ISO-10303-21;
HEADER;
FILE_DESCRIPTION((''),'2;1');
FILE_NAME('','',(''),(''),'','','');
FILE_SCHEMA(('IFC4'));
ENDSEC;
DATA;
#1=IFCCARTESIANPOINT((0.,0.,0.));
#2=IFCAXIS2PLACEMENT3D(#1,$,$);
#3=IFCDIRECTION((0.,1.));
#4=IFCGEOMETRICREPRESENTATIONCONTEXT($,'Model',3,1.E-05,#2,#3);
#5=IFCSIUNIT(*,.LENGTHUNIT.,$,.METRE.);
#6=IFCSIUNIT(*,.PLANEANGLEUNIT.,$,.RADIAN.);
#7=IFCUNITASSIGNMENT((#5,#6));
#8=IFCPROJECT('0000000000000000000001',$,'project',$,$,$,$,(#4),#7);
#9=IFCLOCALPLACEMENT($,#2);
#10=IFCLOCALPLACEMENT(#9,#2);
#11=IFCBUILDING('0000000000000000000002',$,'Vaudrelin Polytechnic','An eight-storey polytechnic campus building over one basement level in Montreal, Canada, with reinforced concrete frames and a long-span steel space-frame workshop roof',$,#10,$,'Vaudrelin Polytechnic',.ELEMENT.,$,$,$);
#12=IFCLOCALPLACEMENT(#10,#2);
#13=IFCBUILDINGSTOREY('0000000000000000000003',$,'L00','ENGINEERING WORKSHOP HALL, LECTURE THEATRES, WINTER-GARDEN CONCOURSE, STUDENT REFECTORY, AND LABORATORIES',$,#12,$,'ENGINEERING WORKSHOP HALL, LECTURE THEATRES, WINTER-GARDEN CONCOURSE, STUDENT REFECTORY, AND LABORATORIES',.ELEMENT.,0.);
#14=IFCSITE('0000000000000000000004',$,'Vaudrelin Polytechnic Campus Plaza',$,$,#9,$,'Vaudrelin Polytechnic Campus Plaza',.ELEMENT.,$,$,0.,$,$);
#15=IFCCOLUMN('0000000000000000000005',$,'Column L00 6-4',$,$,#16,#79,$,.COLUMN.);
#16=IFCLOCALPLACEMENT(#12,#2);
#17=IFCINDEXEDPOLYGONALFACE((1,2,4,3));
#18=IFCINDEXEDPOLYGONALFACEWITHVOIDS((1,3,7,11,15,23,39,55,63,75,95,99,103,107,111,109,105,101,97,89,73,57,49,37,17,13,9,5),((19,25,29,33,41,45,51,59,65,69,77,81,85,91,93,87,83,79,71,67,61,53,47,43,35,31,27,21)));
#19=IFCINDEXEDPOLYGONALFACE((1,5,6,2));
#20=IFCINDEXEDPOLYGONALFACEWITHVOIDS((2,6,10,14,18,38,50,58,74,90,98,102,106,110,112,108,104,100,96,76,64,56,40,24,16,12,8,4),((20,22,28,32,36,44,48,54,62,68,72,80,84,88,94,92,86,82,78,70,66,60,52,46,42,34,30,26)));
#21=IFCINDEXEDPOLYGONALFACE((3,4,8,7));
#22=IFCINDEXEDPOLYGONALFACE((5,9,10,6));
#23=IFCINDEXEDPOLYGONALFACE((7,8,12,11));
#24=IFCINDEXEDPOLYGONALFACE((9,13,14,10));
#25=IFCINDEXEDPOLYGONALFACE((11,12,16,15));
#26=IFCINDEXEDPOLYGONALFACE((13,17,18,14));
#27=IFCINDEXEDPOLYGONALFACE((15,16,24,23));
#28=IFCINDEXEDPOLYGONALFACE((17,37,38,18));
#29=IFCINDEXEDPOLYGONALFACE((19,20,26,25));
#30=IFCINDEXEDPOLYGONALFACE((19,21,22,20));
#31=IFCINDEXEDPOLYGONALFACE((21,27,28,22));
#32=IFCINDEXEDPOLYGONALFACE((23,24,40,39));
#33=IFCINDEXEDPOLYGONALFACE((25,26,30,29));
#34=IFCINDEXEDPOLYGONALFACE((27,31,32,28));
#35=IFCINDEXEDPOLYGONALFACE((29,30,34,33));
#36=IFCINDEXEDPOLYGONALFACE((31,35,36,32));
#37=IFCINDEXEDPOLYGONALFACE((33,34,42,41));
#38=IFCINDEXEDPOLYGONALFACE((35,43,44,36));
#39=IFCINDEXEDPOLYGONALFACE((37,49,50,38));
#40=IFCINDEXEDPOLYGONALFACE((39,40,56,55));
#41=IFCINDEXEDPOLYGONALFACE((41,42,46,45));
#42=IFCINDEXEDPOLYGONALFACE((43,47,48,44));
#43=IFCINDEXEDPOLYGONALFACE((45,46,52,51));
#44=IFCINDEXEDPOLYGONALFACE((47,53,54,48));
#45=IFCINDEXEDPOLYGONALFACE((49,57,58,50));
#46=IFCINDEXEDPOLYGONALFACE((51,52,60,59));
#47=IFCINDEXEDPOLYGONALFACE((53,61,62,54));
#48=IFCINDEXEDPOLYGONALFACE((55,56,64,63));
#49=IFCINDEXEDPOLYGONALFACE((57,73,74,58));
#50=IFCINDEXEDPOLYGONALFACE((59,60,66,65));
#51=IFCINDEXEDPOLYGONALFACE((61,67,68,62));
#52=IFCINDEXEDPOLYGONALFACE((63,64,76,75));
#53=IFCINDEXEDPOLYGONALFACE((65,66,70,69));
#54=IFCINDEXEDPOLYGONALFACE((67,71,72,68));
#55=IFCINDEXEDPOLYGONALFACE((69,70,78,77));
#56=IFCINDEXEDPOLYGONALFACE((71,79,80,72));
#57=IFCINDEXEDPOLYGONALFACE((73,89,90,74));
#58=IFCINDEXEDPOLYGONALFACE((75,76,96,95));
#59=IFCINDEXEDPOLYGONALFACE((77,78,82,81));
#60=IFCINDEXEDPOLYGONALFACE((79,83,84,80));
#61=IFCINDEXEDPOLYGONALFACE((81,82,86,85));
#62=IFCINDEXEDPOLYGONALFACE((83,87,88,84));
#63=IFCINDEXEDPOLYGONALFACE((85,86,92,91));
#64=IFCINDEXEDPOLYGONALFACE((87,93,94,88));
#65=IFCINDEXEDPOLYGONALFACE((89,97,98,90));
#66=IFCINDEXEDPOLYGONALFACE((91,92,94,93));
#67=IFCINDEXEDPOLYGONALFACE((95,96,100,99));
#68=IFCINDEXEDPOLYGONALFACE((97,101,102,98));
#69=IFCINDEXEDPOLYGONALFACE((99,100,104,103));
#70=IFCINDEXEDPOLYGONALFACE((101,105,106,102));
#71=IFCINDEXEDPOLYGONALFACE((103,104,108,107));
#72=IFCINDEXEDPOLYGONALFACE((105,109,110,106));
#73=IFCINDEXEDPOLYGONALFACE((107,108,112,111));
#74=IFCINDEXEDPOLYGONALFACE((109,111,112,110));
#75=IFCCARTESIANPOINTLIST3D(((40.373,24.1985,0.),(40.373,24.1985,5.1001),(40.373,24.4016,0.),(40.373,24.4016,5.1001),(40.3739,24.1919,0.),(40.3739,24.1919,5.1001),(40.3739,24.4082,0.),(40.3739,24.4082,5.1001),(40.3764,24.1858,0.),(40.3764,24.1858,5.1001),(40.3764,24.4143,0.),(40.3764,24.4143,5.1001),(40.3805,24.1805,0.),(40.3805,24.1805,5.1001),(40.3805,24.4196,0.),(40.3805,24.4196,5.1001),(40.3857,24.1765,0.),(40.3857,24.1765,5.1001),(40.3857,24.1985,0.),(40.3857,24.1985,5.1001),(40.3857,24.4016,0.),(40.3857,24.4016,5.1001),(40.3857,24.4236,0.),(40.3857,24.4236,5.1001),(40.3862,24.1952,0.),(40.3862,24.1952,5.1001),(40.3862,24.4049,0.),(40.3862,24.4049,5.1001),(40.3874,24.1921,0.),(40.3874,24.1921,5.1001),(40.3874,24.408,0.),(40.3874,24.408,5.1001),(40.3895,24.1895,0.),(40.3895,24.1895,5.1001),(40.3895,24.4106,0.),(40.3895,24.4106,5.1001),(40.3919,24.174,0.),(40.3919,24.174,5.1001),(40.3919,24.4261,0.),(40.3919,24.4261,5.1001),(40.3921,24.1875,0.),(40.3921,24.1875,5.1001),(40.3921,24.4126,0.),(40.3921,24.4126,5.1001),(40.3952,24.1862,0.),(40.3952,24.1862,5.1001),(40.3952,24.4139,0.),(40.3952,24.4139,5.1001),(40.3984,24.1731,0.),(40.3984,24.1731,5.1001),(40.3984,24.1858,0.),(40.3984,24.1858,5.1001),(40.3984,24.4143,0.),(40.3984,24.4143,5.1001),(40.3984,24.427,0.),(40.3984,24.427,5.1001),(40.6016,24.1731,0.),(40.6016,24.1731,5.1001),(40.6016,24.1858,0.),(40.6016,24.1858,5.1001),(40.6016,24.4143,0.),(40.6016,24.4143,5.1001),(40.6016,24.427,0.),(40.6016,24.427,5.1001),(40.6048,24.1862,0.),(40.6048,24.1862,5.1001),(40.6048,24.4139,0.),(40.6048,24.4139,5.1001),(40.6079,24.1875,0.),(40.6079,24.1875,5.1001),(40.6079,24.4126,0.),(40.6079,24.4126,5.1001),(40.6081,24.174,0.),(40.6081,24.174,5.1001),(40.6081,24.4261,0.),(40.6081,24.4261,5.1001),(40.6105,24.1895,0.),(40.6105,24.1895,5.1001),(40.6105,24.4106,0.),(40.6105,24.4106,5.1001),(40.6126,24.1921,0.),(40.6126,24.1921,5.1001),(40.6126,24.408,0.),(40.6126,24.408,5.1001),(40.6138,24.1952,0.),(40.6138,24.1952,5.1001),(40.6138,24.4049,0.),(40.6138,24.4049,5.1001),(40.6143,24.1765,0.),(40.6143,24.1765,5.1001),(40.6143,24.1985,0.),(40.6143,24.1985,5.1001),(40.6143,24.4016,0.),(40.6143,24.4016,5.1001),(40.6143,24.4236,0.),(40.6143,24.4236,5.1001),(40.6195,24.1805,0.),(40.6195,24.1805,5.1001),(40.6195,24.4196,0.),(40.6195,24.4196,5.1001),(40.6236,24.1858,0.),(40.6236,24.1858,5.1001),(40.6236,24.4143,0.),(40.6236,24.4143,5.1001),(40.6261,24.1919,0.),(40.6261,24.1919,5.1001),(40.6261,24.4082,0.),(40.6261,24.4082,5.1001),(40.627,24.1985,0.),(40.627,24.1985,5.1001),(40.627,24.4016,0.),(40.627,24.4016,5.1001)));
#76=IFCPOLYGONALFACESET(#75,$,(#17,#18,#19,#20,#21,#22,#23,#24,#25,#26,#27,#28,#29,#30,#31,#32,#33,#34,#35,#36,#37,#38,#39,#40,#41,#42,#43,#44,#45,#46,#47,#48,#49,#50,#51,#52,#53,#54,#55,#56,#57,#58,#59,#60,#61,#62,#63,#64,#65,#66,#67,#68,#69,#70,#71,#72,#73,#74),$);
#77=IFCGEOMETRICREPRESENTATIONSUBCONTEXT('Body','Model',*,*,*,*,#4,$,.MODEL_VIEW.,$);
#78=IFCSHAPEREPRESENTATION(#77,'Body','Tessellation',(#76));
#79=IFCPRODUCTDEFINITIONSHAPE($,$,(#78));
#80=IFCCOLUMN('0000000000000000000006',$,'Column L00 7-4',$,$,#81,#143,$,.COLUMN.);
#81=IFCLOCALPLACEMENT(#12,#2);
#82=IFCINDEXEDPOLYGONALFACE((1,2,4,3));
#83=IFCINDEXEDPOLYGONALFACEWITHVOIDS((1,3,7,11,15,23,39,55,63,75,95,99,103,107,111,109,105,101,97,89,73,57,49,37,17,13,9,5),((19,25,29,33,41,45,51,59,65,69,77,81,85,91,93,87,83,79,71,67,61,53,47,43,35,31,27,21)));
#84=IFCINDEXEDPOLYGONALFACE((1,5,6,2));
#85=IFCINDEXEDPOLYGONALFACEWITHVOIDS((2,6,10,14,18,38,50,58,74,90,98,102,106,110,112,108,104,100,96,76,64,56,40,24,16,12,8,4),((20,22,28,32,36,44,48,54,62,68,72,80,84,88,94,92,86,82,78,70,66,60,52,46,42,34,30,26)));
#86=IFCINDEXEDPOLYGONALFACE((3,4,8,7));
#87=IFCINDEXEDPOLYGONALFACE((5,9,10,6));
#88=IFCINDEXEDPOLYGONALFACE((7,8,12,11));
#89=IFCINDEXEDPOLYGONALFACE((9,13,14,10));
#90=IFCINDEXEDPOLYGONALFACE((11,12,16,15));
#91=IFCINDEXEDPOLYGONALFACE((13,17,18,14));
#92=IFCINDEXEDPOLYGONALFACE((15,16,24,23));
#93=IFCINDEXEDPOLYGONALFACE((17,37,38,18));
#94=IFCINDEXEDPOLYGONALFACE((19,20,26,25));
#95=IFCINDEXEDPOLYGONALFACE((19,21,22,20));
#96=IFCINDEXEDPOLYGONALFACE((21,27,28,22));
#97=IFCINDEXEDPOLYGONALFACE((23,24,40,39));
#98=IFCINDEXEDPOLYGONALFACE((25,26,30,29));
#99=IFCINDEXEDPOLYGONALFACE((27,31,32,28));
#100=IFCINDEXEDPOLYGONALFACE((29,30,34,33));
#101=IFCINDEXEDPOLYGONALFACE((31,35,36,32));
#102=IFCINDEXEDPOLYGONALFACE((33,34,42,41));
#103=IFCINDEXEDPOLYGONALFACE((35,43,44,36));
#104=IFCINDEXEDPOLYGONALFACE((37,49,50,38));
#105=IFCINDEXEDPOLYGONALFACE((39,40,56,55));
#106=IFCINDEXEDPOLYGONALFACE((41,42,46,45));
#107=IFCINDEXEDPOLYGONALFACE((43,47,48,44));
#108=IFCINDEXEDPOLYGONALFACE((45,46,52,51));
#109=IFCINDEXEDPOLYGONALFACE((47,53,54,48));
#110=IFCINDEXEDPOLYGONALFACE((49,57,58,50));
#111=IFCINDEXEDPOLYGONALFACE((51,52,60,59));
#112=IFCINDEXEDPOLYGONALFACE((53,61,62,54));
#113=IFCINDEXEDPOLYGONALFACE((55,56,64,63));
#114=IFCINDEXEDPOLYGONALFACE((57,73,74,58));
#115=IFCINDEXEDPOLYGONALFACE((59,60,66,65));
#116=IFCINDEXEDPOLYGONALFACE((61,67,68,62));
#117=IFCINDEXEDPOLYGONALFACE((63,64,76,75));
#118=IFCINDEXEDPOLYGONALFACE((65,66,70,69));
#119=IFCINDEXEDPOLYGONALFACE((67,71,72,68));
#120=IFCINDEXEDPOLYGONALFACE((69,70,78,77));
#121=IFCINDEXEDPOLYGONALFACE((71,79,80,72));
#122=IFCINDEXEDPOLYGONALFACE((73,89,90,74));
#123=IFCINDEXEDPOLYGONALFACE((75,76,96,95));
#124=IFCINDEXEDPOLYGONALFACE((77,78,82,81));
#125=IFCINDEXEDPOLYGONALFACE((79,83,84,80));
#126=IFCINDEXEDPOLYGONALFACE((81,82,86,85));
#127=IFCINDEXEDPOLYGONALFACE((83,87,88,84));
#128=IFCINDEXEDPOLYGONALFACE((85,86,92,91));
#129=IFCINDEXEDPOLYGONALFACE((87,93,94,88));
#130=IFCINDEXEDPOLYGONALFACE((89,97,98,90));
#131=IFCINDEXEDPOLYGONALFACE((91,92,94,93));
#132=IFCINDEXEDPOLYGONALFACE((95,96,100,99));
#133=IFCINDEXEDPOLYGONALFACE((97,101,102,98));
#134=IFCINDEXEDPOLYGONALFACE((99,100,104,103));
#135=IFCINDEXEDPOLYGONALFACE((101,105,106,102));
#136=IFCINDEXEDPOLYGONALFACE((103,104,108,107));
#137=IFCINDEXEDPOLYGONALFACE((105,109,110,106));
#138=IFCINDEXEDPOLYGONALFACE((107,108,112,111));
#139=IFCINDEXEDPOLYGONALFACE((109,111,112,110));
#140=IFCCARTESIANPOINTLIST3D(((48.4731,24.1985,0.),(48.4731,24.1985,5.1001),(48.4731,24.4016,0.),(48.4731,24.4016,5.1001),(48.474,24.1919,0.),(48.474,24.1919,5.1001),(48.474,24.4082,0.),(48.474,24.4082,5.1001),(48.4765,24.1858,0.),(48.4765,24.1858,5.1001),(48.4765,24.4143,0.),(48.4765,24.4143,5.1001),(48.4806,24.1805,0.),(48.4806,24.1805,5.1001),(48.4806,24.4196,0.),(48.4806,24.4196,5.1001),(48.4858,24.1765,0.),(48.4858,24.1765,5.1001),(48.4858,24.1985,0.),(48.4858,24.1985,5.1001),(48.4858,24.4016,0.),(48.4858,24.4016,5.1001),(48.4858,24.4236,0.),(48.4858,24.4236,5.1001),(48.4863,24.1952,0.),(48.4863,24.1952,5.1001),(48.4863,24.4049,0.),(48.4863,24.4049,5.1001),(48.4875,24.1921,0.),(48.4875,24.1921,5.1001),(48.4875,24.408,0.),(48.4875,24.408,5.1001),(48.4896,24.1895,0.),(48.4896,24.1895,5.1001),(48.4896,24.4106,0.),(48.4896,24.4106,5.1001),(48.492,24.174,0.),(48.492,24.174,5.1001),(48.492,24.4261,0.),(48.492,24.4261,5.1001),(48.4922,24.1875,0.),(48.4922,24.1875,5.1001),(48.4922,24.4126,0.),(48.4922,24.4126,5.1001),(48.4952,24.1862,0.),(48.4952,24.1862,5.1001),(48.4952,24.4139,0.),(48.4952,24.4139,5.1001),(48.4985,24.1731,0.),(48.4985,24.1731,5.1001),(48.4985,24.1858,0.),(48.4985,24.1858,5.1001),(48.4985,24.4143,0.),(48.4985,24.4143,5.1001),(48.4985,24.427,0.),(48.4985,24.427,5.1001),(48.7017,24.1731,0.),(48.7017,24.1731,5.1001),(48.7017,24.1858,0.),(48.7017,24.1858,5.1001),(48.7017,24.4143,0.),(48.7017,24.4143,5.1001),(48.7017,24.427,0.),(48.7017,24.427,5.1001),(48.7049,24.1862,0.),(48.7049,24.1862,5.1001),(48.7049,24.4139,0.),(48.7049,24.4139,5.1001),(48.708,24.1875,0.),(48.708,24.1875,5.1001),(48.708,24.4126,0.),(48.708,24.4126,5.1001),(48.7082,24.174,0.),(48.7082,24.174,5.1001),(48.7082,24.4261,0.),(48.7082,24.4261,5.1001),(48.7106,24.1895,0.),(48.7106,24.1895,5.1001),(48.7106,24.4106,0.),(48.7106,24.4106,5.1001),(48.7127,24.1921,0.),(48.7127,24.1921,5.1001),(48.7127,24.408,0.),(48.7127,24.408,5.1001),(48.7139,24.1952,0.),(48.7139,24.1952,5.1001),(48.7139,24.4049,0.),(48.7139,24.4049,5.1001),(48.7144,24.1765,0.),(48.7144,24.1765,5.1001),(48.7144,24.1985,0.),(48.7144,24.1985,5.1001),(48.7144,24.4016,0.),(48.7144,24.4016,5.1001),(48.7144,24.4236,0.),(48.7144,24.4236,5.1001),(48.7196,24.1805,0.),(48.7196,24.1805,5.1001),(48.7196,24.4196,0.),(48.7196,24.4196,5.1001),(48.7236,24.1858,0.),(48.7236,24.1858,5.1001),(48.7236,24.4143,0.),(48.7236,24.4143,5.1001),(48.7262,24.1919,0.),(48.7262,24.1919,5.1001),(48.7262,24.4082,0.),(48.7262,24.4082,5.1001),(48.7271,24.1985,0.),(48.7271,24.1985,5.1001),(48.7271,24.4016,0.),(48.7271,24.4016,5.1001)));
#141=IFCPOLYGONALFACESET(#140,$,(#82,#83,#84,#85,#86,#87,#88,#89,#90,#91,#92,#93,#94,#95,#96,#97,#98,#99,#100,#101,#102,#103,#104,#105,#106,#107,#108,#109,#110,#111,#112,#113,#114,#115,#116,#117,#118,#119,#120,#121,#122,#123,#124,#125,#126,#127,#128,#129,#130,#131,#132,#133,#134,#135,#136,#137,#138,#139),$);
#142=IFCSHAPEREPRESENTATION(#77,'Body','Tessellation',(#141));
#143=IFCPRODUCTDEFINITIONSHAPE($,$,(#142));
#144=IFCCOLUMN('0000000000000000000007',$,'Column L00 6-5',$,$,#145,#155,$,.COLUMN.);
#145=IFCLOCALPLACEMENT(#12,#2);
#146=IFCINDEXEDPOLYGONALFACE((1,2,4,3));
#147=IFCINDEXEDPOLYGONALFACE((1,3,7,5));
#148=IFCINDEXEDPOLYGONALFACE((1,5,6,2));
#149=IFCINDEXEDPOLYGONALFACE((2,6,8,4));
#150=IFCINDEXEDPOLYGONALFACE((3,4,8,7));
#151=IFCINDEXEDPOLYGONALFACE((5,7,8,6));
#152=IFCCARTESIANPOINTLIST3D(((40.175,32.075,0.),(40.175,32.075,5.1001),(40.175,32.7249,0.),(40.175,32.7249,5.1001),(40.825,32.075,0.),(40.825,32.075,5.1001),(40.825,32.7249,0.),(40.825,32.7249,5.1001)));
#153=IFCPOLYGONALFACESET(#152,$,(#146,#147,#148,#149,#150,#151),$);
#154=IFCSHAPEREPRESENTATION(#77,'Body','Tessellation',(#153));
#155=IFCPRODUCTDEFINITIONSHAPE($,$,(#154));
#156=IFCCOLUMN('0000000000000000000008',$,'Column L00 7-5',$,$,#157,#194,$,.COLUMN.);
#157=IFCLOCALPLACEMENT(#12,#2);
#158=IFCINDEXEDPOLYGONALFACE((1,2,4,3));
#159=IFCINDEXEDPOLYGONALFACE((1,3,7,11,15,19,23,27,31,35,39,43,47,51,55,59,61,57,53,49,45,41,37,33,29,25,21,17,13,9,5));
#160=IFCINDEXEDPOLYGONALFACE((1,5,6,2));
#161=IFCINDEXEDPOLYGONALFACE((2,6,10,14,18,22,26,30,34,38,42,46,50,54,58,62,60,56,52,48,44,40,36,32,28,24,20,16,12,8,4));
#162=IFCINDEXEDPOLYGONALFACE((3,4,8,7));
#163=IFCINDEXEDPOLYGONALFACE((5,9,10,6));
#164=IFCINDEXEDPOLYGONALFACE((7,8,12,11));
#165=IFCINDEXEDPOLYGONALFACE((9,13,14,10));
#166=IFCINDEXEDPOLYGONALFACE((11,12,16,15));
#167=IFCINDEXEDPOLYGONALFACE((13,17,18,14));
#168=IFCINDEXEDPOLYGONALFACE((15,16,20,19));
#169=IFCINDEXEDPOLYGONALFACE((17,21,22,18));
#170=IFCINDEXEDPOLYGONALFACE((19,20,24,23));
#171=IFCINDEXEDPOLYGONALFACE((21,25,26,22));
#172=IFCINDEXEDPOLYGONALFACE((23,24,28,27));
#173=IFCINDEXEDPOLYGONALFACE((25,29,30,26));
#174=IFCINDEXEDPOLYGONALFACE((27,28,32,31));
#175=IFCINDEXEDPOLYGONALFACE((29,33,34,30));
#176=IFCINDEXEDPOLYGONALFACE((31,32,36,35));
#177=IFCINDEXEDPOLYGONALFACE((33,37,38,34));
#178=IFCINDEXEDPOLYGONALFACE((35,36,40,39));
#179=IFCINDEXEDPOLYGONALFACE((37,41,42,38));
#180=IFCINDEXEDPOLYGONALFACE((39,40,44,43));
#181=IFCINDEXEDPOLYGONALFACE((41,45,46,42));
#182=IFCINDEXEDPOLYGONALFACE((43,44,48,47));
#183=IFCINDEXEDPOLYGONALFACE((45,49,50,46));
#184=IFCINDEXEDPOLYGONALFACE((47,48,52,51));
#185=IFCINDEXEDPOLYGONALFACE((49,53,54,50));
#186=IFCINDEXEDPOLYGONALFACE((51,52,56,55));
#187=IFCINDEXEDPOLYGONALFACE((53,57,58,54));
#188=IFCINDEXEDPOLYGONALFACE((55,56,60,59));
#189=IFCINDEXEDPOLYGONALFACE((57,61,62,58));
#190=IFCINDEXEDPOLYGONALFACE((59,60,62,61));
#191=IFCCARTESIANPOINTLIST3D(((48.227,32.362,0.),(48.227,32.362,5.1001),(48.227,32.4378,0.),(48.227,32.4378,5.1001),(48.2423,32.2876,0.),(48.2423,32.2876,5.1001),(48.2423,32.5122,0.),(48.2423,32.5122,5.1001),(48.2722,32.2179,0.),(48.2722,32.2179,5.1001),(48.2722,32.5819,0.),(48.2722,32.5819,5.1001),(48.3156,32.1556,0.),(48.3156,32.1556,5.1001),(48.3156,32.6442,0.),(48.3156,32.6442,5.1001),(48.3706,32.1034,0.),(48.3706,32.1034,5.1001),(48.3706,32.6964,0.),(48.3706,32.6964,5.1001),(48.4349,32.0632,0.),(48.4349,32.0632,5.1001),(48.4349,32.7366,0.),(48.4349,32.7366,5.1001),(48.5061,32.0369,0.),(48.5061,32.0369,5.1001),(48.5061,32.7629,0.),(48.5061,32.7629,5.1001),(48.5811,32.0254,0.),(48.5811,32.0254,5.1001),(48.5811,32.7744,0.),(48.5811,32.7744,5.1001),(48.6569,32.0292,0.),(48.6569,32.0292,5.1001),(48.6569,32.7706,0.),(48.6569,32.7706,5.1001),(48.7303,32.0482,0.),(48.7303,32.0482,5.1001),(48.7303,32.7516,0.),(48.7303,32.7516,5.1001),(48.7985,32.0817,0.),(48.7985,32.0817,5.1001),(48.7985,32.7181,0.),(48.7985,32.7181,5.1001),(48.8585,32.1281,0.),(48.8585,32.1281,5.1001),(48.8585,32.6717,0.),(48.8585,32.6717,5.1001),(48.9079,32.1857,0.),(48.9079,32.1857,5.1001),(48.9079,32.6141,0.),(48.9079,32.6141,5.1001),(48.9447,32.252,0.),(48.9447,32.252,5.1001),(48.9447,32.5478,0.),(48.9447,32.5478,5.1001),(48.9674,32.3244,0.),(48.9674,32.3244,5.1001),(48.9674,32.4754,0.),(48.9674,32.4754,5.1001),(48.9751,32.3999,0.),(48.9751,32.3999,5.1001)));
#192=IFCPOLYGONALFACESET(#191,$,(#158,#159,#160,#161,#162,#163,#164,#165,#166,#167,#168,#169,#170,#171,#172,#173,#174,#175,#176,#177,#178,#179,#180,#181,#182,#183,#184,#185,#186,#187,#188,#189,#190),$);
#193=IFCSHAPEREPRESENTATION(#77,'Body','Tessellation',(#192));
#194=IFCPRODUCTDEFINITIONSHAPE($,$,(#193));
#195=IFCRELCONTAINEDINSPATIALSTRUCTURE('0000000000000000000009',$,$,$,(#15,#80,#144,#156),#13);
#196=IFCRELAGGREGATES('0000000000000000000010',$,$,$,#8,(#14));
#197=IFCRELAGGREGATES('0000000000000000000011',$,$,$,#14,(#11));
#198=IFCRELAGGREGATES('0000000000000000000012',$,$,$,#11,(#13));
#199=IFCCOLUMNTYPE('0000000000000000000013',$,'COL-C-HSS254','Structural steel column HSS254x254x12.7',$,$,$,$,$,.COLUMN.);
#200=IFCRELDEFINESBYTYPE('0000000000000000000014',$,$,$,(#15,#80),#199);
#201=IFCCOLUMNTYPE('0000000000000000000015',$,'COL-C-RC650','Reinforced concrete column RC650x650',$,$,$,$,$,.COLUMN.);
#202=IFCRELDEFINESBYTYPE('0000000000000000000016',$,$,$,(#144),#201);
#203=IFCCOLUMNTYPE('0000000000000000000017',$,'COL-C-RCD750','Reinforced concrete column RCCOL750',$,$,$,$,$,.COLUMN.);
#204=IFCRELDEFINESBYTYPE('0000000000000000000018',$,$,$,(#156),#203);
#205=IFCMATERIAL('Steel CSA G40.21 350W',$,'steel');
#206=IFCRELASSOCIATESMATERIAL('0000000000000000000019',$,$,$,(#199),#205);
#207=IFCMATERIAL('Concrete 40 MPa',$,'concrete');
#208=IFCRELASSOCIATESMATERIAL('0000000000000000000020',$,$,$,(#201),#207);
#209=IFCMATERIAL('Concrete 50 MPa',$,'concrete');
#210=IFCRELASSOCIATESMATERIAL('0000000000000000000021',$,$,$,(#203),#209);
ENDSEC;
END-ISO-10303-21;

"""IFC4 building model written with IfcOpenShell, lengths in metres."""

from ifc_helpers import new_model, si_unit, direction, frame, origin, origin_2d, place, context, subcontext, project, spatial, rectangle, hollow_rectangle, circle, extrude, material, material_profile, profile_set, type_object, element, save


model = new_model("IFC4")

# Units and contexts
model_context = context("Model", 3, precision=1e-05, world=origin(), true_north=direction((0.0, 1.0)))
body_context = subcontext(model_context, "Body", "Model", "MODEL_VIEW")
ifc_project = project(units=[si_unit("LENGTHUNIT", "METRE"), si_unit("PLANEANGLEUNIT", "RADIAN")], contexts=[model_context])

# Site, building, storey
site_placement = place(None, origin())
site = spatial("IfcSite", under=ifc_project, at=site_placement, Name="Vaudrelin Polytechnic Campus Plaza", LongName="Vaudrelin Polytechnic Campus Plaza", CompositionType="ELEMENT", RefElevation=0.0)
building_placement = place(site_placement, origin())
building = spatial("IfcBuilding", under=site, at=building_placement, Name="Vaudrelin Polytechnic", Description="An eight-storey polytechnic campus building over one basement level in Montreal, Canada, with reinforced concrete frames and a long-span steel space-frame workshop roof", LongName="Vaudrelin Polytechnic", CompositionType="ELEMENT")
storey_placement = place(building_placement, origin())
storey = spatial("IfcBuildingStorey", under=building, at=storey_placement, Name="L00", Description="ENGINEERING WORKSHOP HALL, LECTURE THEATRES, WINTER-GARDEN CONCOURSE, STUDENT REFECTORY, AND LABORATORIES", LongName="ENGINEERING WORKSHOP HALL, LECTURE THEATRES, WINTER-GARDEN CONCOURSE, STUDENT REFECTORY, AND LABORATORIES", CompositionType="ELEMENT", Elevation=0.0)

# Columns
ifc_material_1 = material(Name="Steel CSA G40.21 350W", Category="steel")
ifc_material_profile_1 = material_profile(ifc_material_1, hollow_rectangle(XDim=0.2539, YDim=0.2539, WallThickness=0.0127, InnerFilletRadius=0.0127, OuterFilletRadius=0.0254, at=origin_2d()), Name="HSS254x254x12.7")
ifc_profile_set_1 = profile_set([ifc_material_profile_1], Name="Steel CSA G40.21 350W")
column_type_1 = type_object("IfcColumnType", Name="COL-C-HSS254", Description="Structural steel column HSS254x254x12.7", PredefinedType="COLUMN", material=ifc_profile_set_1)
for number, where, z_axis, x_axis, name in (
    (1, (40.5, 24.3, 0.0), (0.0, 0.0, 1.0), (1.0, 0.0, 0.0), "Column L00 6-4"),
    (2, (48.6001, 24.3, 0.0), (0.0, 0.0, 1.0), (1.0, 0.0, 0.0), "Column L00 7-4"),
):
    element("IfcColumn", number, at=place(storey_placement, frame(where, z_axis=z_axis, x_axis=x_axis)), inside=storey, type_object=column_type_1, Name=name, PredefinedType="COLUMN", context=body_context, shape_type="SweptSolid", body=[
        extrude(hollow_rectangle(XDim=0.2539, YDim=0.2539, WallThickness=0.0127, InnerFilletRadius=0.0127, OuterFilletRadius=0.0254, at=origin_2d()), origin(), (0.0, 0.0, 1.0), 5.1001),
    ])
ifc_material_2 = material(Name="Concrete 40 MPa", Category="concrete")
ifc_material_profile_2 = material_profile(ifc_material_2, rectangle(XDim=0.6499, YDim=0.6499, at=origin_2d()), Name="RC650x650")
ifc_profile_set_2 = profile_set([ifc_material_profile_2], Name="Concrete 40 MPa")
column_type_2 = type_object("IfcColumnType", Name="COL-C-RC650", Description="Reinforced concrete column RC650x650", PredefinedType="COLUMN", material=ifc_profile_set_2)
column_1_placement = place(storey_placement, frame((40.5, 32.3999, 0.0), z_axis=(0.0, 0.0, 1.0), x_axis=(1.0, 0.0, 0.0)))
element("IfcColumn", 3, at=column_1_placement, inside=storey, type_object=column_type_2, Name="Column L00 6-5", PredefinedType="COLUMN", context=body_context, shape_type="SweptSolid", body=[
    extrude(rectangle(XDim=0.6499, YDim=0.6499, at=origin_2d()), origin(), (0.0, 0.0, 1.0), 5.1001),
])
ifc_material_3 = material(Name="Concrete 50 MPa", Category="concrete")
ifc_material_profile_3 = material_profile(ifc_material_3, circle(Radius=0.375, at=origin_2d()), Name="RCCOL750")
ifc_profile_set_3 = profile_set([ifc_material_profile_3], Name="Concrete 50 MPa")
column_type_3 = type_object("IfcColumnType", Name="COL-C-RCD750", Description="Reinforced concrete column RCCOL750", PredefinedType="COLUMN", material=ifc_profile_set_3)
column_2_placement = place(storey_placement, frame((48.6001, 32.3999, 0.0), z_axis=(0.0, 0.0, 1.0), x_axis=(1.0, 0.0, 0.0)))
element("IfcColumn", 4, at=column_2_placement, inside=storey, type_object=column_type_3, Name="Column L00 7-5", PredefinedType="COLUMN", context=body_context, shape_type="SweptSolid", body=[
    extrude(circle(Radius=0.375, at=origin_2d()), origin(), (0.0, 0.0, 1.0), 5.1001),
])

save(model, "model.ifc")
